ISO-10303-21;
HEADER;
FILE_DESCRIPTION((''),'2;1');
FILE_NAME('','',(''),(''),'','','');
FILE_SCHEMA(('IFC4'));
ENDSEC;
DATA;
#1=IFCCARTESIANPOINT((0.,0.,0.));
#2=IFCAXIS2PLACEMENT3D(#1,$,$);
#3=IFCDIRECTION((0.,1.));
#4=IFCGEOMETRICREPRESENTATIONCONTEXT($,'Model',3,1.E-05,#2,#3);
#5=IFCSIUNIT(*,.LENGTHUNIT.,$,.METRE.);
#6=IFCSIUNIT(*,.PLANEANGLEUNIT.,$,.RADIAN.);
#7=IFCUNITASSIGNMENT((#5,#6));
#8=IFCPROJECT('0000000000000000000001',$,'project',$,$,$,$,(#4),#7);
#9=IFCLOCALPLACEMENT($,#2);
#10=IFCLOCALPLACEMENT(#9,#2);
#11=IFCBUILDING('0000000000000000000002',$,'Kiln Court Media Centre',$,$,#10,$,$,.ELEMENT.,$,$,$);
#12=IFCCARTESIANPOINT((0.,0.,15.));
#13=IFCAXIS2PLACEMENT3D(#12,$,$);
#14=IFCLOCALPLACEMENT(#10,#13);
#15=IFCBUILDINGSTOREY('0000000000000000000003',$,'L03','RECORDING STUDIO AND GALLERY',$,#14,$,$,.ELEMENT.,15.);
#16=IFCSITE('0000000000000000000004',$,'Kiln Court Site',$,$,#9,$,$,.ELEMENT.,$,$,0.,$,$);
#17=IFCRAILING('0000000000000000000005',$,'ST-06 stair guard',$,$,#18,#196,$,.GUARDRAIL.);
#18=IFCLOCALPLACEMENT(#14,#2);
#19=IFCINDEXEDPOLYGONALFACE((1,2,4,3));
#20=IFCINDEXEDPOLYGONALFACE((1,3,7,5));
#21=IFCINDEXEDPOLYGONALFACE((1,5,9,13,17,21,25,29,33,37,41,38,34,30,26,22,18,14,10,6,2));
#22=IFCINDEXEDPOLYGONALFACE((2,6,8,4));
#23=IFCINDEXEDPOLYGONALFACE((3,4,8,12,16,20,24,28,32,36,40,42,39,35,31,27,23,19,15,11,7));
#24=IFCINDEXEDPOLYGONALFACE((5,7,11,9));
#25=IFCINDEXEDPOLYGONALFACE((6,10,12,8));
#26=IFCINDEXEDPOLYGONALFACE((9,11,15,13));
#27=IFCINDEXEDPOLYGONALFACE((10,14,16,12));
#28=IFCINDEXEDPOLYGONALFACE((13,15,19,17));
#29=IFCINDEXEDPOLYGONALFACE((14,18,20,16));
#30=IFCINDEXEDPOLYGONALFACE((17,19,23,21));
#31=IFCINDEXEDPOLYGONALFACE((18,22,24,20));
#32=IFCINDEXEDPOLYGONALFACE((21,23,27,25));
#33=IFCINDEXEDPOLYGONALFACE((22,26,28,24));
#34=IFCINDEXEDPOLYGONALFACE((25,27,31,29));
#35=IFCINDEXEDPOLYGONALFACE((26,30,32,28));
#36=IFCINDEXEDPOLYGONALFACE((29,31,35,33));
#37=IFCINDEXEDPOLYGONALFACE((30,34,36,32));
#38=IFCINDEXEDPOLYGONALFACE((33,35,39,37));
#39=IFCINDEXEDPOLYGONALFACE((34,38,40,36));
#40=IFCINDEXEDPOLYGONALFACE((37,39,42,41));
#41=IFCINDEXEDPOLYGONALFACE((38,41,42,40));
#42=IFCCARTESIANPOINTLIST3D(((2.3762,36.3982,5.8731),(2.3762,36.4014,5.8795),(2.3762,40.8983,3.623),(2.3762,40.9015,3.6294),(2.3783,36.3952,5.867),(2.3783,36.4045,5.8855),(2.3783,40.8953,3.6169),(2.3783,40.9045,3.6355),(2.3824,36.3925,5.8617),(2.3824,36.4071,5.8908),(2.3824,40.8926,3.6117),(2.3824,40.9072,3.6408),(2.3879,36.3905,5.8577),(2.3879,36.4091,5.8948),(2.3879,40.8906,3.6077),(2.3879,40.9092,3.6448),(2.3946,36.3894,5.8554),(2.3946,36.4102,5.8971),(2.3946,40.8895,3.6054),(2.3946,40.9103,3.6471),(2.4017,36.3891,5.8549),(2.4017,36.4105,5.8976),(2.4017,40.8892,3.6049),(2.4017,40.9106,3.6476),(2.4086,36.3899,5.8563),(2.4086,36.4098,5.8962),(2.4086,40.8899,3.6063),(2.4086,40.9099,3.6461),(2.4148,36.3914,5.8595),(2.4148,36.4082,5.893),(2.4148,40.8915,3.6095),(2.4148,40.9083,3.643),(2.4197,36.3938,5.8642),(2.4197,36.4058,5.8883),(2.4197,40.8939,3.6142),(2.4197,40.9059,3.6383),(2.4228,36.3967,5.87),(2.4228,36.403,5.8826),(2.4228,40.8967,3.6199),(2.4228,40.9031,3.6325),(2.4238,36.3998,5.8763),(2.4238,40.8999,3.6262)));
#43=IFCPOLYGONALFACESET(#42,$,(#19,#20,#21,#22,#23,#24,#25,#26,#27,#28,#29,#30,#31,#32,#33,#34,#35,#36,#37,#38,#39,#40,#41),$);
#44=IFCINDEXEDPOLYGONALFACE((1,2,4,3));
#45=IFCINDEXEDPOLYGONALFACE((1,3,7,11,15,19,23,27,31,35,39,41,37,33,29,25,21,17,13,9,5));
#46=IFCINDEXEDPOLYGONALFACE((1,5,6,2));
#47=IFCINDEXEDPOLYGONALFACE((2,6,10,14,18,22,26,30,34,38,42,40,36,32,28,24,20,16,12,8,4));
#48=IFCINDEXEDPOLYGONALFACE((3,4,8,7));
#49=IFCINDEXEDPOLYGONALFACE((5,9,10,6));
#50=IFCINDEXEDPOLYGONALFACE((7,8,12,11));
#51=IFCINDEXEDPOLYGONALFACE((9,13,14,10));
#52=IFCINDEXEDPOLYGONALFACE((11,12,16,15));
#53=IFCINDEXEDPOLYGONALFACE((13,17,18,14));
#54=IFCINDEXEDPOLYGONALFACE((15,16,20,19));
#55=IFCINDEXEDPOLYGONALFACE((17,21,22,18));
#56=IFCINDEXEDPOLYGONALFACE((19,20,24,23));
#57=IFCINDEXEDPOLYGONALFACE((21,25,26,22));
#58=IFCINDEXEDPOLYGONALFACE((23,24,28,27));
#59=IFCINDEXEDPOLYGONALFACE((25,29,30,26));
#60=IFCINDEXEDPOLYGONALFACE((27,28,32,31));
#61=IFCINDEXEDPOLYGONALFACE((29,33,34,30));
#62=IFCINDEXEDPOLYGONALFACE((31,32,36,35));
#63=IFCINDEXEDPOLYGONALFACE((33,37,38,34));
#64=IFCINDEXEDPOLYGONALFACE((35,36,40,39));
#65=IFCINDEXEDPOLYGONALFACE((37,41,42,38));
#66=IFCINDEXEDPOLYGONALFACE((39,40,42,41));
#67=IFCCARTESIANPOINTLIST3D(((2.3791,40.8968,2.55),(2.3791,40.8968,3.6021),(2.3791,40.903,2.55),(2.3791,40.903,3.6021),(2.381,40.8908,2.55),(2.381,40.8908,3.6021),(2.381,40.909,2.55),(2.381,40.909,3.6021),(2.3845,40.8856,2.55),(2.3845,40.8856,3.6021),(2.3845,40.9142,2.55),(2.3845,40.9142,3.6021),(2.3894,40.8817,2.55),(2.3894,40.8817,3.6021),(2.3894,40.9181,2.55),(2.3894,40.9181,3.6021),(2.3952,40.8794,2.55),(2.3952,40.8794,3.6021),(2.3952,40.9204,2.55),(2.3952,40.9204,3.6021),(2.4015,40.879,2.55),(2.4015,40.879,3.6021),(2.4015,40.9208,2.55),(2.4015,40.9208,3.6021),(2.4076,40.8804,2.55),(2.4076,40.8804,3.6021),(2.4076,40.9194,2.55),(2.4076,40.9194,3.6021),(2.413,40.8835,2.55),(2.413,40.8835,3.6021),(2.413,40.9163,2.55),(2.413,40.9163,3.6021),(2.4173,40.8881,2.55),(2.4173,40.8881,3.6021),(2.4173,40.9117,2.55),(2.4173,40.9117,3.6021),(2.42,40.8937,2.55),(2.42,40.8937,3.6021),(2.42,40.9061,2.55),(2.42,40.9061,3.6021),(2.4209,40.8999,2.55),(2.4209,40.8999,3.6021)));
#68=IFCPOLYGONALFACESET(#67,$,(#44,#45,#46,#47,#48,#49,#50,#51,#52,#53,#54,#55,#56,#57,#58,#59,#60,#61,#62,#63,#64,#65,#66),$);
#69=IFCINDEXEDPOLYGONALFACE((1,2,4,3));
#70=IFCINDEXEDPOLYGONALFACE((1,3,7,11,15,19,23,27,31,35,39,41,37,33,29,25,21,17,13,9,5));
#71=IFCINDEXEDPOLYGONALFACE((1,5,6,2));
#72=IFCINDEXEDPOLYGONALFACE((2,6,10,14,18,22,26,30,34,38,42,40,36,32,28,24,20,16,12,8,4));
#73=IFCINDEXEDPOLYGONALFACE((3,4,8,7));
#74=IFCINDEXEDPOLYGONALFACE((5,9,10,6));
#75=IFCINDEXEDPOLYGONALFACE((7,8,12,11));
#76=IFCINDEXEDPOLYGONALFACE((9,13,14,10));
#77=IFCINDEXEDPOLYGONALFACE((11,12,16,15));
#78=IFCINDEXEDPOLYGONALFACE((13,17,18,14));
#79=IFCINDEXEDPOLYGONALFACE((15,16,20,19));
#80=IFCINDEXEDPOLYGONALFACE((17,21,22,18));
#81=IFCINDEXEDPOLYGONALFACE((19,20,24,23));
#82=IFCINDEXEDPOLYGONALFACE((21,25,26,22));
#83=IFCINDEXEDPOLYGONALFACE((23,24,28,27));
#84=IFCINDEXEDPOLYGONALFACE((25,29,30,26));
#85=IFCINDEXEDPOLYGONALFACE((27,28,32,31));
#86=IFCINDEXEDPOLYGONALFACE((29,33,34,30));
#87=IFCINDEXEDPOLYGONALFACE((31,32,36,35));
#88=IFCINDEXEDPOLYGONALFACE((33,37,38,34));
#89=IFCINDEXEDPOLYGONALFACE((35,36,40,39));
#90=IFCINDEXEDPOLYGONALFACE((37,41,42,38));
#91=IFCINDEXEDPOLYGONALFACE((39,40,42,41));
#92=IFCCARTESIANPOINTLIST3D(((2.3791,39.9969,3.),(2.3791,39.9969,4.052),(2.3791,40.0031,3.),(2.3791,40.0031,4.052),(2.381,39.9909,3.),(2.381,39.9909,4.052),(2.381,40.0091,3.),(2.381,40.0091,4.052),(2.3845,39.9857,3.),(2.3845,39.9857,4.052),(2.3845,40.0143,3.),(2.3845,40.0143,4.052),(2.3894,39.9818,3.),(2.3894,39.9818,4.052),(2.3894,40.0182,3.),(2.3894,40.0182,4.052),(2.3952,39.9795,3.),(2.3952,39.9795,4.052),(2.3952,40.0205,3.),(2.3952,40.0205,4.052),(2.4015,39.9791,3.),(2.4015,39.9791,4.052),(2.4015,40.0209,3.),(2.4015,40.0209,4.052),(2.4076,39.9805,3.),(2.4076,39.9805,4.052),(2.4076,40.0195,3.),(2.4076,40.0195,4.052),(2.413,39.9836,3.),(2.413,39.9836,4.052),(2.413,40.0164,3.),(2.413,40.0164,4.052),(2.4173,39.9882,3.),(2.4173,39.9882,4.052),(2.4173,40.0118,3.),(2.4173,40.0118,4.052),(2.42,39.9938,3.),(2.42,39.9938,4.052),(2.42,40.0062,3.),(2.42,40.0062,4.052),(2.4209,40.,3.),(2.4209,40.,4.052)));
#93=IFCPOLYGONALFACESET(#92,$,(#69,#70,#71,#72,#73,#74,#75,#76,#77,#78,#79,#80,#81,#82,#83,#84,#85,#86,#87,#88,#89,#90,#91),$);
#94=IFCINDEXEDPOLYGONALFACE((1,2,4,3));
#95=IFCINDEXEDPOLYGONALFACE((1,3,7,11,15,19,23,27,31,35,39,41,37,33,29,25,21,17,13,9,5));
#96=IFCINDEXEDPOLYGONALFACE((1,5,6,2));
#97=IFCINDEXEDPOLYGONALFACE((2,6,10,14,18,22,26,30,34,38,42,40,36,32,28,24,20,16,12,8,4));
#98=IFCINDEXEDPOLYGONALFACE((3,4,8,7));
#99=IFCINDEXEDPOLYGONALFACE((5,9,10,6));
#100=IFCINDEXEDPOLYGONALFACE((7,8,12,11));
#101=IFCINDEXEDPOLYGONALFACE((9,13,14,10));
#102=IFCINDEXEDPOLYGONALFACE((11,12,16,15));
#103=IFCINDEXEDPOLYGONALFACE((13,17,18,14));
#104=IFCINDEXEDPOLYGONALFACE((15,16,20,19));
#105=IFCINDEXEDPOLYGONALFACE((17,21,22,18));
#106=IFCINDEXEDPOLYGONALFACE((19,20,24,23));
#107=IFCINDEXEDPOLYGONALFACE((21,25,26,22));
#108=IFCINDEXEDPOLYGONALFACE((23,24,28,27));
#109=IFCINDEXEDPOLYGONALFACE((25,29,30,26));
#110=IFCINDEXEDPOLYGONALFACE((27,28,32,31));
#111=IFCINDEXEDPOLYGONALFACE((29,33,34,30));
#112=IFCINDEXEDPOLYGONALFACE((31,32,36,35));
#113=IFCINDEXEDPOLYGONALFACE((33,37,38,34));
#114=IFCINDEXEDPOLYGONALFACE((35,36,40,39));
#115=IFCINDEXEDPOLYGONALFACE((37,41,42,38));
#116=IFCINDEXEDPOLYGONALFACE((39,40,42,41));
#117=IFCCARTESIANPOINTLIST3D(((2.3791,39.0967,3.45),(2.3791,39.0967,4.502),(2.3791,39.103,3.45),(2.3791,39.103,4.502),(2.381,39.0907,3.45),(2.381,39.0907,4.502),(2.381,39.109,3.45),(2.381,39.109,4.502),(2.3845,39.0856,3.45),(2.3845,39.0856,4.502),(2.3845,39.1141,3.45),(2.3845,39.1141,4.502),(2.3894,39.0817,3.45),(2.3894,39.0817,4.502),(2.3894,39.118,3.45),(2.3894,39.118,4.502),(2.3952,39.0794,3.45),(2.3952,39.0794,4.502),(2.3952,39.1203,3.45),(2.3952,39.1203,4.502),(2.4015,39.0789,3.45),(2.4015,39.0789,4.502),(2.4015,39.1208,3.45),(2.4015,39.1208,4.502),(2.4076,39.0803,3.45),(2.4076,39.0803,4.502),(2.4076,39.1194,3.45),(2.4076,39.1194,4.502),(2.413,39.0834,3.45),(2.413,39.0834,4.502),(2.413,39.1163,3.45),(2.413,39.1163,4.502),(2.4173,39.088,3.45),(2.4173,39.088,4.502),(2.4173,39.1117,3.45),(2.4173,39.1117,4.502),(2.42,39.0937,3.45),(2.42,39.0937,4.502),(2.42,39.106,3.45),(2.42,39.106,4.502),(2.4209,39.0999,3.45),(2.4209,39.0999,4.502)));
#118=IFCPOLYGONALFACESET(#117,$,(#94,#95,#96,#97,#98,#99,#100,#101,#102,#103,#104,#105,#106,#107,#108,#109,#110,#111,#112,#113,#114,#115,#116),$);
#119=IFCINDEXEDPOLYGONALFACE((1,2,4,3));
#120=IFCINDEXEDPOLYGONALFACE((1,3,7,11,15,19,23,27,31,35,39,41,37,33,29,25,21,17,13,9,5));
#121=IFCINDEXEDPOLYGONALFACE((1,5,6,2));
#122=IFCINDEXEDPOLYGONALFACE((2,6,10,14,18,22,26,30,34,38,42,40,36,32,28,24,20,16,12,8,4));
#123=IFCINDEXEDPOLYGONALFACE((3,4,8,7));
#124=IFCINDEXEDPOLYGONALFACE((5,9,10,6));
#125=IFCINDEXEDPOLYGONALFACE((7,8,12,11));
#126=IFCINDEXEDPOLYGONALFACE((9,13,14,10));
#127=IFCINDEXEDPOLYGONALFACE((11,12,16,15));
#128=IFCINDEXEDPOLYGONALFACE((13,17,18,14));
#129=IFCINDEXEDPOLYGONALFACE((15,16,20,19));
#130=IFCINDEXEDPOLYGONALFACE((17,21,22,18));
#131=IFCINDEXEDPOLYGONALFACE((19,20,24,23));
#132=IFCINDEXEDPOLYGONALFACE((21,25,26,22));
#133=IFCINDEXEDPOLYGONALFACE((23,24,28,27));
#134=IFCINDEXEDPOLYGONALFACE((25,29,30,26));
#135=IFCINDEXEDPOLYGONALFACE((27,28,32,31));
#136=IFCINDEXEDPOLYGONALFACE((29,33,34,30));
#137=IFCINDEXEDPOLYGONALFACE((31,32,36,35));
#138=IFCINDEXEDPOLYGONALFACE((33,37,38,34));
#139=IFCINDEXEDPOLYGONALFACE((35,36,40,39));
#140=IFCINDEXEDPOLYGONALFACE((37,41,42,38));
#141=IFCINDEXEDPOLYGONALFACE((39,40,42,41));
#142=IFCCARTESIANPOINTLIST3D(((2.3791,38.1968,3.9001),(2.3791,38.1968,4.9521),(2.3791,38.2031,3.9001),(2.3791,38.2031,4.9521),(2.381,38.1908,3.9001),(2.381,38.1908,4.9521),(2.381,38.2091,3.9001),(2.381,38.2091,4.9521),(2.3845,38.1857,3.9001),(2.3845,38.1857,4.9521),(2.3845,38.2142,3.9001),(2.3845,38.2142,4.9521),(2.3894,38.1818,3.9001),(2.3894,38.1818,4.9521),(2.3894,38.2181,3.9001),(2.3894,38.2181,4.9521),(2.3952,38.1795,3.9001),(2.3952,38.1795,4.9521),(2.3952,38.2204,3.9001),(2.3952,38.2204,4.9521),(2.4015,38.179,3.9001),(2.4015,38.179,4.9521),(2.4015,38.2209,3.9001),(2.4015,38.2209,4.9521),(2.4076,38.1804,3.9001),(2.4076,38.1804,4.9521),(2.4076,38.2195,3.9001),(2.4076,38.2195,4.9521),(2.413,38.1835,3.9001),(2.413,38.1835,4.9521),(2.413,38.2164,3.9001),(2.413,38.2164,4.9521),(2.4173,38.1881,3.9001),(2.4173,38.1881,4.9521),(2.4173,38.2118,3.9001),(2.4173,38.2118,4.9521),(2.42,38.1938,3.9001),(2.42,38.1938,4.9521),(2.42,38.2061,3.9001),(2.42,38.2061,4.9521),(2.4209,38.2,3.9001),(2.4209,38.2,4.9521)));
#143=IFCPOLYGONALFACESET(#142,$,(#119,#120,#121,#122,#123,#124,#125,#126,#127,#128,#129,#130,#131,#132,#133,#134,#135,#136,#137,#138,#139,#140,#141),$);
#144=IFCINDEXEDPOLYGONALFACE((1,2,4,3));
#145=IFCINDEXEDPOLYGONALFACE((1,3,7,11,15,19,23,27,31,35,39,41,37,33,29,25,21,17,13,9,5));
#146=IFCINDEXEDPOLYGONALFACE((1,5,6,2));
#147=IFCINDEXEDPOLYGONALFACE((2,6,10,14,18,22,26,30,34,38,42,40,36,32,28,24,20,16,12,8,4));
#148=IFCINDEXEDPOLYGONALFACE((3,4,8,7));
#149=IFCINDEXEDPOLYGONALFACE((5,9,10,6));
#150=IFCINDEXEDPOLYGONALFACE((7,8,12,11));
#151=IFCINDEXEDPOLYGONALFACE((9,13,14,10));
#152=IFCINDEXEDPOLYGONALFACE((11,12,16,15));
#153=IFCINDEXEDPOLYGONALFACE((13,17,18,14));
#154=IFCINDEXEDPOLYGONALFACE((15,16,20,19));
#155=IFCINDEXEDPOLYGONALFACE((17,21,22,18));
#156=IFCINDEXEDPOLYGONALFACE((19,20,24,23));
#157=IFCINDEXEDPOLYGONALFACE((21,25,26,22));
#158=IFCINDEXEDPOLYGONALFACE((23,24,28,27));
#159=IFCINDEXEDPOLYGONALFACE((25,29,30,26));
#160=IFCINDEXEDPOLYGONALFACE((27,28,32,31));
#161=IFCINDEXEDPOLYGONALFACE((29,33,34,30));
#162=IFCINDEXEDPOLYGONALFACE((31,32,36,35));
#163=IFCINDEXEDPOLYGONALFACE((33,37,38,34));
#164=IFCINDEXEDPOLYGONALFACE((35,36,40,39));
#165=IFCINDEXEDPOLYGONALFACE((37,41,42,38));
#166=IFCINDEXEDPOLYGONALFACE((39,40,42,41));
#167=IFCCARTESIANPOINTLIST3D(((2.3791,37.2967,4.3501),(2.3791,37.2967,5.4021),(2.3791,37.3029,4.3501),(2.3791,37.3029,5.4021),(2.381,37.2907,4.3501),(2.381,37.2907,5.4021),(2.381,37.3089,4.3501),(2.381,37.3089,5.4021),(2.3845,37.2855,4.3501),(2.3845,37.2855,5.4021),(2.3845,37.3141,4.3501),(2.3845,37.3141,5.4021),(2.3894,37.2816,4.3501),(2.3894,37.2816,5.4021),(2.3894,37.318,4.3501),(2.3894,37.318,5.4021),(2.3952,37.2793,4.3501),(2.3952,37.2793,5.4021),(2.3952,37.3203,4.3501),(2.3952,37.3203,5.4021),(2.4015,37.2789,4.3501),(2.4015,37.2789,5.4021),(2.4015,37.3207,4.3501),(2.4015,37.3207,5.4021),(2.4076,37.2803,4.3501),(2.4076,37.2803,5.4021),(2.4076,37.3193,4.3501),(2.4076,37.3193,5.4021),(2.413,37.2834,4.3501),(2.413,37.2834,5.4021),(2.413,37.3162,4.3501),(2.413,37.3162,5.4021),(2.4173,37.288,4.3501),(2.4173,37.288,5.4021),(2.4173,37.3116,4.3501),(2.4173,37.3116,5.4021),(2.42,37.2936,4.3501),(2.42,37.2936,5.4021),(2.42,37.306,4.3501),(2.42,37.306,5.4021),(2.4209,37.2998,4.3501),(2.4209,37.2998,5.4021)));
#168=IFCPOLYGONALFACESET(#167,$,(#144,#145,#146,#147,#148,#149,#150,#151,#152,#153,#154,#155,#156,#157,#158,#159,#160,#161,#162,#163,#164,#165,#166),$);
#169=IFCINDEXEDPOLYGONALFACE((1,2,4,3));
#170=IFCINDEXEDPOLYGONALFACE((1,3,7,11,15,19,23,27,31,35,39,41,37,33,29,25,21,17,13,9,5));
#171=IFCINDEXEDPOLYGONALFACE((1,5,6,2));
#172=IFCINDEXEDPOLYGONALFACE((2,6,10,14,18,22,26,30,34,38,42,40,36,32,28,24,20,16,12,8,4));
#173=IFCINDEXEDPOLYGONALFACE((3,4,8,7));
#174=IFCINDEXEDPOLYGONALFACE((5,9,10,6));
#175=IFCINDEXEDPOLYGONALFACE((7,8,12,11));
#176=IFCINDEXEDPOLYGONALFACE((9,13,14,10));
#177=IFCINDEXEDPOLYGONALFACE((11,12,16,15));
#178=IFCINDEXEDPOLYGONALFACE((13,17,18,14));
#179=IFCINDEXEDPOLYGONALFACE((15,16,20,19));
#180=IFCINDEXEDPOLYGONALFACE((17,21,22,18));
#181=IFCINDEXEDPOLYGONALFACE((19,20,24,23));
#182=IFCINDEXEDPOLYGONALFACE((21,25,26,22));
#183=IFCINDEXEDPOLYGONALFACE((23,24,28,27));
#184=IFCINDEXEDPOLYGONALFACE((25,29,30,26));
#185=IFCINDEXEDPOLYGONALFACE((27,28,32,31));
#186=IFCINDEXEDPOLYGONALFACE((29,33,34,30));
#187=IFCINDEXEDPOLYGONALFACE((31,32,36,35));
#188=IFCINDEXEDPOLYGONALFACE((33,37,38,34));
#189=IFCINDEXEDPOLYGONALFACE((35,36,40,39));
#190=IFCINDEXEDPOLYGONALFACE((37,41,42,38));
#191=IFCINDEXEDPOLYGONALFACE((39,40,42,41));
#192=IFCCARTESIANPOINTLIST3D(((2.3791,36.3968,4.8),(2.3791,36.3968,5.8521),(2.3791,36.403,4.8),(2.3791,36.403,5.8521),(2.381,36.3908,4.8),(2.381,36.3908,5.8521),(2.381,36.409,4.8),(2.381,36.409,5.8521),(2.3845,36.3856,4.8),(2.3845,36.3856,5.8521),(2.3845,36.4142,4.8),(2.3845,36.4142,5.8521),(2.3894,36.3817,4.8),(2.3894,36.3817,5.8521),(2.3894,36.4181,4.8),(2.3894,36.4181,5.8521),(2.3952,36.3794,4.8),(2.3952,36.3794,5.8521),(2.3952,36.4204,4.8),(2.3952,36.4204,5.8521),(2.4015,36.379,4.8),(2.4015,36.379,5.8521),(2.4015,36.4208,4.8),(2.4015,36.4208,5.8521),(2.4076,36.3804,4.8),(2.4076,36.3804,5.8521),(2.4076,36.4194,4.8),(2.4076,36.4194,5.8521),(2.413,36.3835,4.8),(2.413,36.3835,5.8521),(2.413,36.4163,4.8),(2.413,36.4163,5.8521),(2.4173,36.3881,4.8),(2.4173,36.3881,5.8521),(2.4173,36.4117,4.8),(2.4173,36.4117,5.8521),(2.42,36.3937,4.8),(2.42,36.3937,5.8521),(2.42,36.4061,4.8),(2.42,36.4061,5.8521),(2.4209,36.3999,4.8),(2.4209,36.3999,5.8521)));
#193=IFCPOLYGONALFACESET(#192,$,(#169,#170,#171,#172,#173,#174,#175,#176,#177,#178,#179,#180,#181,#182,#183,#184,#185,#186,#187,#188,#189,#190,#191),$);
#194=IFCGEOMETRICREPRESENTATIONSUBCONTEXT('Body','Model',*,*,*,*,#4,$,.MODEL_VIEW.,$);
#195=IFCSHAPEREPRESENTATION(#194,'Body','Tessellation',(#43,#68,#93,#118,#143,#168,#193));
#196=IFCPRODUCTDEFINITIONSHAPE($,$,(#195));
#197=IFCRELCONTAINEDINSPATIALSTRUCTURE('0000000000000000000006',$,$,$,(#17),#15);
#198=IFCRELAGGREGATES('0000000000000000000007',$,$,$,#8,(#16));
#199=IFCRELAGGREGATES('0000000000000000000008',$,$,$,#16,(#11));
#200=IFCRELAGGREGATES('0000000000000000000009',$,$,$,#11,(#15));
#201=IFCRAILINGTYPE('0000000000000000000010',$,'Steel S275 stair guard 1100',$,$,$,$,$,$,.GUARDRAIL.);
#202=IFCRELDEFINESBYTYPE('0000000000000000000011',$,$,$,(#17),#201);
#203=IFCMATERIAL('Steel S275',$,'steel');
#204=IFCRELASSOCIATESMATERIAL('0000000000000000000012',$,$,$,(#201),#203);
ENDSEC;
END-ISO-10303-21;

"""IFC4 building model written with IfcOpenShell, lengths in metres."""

from ifc_helpers import new_model, si_unit, direction, frame, origin, origin_2d, place, context, subcontext, project, spatial, circle, extrude, material, type_object, element, save


model = new_model("IFC4")

# Units and contexts
model_context = context("Model", 3, precision=1e-05, world=origin(), true_north=direction((0.0, 1.0)))
body_context = subcontext(model_context, "Body", "Model", "MODEL_VIEW")
ifc_project = project(units=[si_unit("LENGTHUNIT", "METRE"), si_unit("PLANEANGLEUNIT", "RADIAN")], contexts=[model_context])

# Site, building, storey
site_placement = place(None, origin())
site = spatial("IfcSite", under=ifc_project, at=site_placement, Name="Kiln Court Site", CompositionType="ELEMENT", RefElevation=0.0)
building_placement = place(site_placement, origin())
building = spatial("IfcBuilding", under=site, at=building_placement, Name="Kiln Court Media Centre", CompositionType="ELEMENT")
storey_placement = place(building_placement, frame((0.0, 0.0, 15.0)))
storey = spatial("IfcBuildingStorey", under=building, at=storey_placement, Name="L03", Description="RECORDING STUDIO AND GALLERY", CompositionType="ELEMENT", Elevation=15.0)

# Railing
ifc_material_1 = material(Name="Steel S275", Category="steel")
railing_type_1 = type_object("IfcRailingType", Name="Steel S275 stair guard 1100", PredefinedType="GUARDRAIL", material=ifc_material_1)
railing_1_placement = place(storey_placement, frame((2.3999, 40.8999, 2.55)))
element("IfcRailing", 1, at=railing_1_placement, inside=storey, type_object=railing_type_1, Name="ST-06 stair guard", PredefinedType="GUARDRAIL", context=body_context, shape_type="SweptSolid", body=[
    extrude(circle(Radius=0.0239, at=origin_2d()), frame((0.0, 0.0, 1.0762), z_axis=(0.0, -0.894427, 0.447214), x_axis=(1.0, 0.0, 0.0)), (0.0, 0.0, 1.0), 5.0312),
    extrude(circle(Radius=0.021, at=origin_2d()), origin(), (0.0, 0.0, 1.0), 1.052),
    extrude(circle(Radius=0.021, at=origin_2d()), frame((0.0, -0.8999, 0.45)), (0.0, 0.0, 1.0), 1.052),
    extrude(circle(Radius=0.021, at=origin_2d()), frame((0.0, -1.8, 0.8999)), (0.0, 0.0, 1.0), 1.052),
    extrude(circle(Radius=0.021, at=origin_2d()), frame((0.0, -2.7, 1.3501)), (0.0, 0.0, 1.0), 1.052),
    extrude(circle(Radius=0.021, at=origin_2d()), frame((0.0, -3.6001, 1.8)), (0.0, 0.0, 1.0), 1.052),
    extrude(circle(Radius=0.021, at=origin_2d()), frame((0.0, -4.5, 2.25)), (0.0, 0.0, 1.0), 1.052),
])

save(model, "model.ifc")
